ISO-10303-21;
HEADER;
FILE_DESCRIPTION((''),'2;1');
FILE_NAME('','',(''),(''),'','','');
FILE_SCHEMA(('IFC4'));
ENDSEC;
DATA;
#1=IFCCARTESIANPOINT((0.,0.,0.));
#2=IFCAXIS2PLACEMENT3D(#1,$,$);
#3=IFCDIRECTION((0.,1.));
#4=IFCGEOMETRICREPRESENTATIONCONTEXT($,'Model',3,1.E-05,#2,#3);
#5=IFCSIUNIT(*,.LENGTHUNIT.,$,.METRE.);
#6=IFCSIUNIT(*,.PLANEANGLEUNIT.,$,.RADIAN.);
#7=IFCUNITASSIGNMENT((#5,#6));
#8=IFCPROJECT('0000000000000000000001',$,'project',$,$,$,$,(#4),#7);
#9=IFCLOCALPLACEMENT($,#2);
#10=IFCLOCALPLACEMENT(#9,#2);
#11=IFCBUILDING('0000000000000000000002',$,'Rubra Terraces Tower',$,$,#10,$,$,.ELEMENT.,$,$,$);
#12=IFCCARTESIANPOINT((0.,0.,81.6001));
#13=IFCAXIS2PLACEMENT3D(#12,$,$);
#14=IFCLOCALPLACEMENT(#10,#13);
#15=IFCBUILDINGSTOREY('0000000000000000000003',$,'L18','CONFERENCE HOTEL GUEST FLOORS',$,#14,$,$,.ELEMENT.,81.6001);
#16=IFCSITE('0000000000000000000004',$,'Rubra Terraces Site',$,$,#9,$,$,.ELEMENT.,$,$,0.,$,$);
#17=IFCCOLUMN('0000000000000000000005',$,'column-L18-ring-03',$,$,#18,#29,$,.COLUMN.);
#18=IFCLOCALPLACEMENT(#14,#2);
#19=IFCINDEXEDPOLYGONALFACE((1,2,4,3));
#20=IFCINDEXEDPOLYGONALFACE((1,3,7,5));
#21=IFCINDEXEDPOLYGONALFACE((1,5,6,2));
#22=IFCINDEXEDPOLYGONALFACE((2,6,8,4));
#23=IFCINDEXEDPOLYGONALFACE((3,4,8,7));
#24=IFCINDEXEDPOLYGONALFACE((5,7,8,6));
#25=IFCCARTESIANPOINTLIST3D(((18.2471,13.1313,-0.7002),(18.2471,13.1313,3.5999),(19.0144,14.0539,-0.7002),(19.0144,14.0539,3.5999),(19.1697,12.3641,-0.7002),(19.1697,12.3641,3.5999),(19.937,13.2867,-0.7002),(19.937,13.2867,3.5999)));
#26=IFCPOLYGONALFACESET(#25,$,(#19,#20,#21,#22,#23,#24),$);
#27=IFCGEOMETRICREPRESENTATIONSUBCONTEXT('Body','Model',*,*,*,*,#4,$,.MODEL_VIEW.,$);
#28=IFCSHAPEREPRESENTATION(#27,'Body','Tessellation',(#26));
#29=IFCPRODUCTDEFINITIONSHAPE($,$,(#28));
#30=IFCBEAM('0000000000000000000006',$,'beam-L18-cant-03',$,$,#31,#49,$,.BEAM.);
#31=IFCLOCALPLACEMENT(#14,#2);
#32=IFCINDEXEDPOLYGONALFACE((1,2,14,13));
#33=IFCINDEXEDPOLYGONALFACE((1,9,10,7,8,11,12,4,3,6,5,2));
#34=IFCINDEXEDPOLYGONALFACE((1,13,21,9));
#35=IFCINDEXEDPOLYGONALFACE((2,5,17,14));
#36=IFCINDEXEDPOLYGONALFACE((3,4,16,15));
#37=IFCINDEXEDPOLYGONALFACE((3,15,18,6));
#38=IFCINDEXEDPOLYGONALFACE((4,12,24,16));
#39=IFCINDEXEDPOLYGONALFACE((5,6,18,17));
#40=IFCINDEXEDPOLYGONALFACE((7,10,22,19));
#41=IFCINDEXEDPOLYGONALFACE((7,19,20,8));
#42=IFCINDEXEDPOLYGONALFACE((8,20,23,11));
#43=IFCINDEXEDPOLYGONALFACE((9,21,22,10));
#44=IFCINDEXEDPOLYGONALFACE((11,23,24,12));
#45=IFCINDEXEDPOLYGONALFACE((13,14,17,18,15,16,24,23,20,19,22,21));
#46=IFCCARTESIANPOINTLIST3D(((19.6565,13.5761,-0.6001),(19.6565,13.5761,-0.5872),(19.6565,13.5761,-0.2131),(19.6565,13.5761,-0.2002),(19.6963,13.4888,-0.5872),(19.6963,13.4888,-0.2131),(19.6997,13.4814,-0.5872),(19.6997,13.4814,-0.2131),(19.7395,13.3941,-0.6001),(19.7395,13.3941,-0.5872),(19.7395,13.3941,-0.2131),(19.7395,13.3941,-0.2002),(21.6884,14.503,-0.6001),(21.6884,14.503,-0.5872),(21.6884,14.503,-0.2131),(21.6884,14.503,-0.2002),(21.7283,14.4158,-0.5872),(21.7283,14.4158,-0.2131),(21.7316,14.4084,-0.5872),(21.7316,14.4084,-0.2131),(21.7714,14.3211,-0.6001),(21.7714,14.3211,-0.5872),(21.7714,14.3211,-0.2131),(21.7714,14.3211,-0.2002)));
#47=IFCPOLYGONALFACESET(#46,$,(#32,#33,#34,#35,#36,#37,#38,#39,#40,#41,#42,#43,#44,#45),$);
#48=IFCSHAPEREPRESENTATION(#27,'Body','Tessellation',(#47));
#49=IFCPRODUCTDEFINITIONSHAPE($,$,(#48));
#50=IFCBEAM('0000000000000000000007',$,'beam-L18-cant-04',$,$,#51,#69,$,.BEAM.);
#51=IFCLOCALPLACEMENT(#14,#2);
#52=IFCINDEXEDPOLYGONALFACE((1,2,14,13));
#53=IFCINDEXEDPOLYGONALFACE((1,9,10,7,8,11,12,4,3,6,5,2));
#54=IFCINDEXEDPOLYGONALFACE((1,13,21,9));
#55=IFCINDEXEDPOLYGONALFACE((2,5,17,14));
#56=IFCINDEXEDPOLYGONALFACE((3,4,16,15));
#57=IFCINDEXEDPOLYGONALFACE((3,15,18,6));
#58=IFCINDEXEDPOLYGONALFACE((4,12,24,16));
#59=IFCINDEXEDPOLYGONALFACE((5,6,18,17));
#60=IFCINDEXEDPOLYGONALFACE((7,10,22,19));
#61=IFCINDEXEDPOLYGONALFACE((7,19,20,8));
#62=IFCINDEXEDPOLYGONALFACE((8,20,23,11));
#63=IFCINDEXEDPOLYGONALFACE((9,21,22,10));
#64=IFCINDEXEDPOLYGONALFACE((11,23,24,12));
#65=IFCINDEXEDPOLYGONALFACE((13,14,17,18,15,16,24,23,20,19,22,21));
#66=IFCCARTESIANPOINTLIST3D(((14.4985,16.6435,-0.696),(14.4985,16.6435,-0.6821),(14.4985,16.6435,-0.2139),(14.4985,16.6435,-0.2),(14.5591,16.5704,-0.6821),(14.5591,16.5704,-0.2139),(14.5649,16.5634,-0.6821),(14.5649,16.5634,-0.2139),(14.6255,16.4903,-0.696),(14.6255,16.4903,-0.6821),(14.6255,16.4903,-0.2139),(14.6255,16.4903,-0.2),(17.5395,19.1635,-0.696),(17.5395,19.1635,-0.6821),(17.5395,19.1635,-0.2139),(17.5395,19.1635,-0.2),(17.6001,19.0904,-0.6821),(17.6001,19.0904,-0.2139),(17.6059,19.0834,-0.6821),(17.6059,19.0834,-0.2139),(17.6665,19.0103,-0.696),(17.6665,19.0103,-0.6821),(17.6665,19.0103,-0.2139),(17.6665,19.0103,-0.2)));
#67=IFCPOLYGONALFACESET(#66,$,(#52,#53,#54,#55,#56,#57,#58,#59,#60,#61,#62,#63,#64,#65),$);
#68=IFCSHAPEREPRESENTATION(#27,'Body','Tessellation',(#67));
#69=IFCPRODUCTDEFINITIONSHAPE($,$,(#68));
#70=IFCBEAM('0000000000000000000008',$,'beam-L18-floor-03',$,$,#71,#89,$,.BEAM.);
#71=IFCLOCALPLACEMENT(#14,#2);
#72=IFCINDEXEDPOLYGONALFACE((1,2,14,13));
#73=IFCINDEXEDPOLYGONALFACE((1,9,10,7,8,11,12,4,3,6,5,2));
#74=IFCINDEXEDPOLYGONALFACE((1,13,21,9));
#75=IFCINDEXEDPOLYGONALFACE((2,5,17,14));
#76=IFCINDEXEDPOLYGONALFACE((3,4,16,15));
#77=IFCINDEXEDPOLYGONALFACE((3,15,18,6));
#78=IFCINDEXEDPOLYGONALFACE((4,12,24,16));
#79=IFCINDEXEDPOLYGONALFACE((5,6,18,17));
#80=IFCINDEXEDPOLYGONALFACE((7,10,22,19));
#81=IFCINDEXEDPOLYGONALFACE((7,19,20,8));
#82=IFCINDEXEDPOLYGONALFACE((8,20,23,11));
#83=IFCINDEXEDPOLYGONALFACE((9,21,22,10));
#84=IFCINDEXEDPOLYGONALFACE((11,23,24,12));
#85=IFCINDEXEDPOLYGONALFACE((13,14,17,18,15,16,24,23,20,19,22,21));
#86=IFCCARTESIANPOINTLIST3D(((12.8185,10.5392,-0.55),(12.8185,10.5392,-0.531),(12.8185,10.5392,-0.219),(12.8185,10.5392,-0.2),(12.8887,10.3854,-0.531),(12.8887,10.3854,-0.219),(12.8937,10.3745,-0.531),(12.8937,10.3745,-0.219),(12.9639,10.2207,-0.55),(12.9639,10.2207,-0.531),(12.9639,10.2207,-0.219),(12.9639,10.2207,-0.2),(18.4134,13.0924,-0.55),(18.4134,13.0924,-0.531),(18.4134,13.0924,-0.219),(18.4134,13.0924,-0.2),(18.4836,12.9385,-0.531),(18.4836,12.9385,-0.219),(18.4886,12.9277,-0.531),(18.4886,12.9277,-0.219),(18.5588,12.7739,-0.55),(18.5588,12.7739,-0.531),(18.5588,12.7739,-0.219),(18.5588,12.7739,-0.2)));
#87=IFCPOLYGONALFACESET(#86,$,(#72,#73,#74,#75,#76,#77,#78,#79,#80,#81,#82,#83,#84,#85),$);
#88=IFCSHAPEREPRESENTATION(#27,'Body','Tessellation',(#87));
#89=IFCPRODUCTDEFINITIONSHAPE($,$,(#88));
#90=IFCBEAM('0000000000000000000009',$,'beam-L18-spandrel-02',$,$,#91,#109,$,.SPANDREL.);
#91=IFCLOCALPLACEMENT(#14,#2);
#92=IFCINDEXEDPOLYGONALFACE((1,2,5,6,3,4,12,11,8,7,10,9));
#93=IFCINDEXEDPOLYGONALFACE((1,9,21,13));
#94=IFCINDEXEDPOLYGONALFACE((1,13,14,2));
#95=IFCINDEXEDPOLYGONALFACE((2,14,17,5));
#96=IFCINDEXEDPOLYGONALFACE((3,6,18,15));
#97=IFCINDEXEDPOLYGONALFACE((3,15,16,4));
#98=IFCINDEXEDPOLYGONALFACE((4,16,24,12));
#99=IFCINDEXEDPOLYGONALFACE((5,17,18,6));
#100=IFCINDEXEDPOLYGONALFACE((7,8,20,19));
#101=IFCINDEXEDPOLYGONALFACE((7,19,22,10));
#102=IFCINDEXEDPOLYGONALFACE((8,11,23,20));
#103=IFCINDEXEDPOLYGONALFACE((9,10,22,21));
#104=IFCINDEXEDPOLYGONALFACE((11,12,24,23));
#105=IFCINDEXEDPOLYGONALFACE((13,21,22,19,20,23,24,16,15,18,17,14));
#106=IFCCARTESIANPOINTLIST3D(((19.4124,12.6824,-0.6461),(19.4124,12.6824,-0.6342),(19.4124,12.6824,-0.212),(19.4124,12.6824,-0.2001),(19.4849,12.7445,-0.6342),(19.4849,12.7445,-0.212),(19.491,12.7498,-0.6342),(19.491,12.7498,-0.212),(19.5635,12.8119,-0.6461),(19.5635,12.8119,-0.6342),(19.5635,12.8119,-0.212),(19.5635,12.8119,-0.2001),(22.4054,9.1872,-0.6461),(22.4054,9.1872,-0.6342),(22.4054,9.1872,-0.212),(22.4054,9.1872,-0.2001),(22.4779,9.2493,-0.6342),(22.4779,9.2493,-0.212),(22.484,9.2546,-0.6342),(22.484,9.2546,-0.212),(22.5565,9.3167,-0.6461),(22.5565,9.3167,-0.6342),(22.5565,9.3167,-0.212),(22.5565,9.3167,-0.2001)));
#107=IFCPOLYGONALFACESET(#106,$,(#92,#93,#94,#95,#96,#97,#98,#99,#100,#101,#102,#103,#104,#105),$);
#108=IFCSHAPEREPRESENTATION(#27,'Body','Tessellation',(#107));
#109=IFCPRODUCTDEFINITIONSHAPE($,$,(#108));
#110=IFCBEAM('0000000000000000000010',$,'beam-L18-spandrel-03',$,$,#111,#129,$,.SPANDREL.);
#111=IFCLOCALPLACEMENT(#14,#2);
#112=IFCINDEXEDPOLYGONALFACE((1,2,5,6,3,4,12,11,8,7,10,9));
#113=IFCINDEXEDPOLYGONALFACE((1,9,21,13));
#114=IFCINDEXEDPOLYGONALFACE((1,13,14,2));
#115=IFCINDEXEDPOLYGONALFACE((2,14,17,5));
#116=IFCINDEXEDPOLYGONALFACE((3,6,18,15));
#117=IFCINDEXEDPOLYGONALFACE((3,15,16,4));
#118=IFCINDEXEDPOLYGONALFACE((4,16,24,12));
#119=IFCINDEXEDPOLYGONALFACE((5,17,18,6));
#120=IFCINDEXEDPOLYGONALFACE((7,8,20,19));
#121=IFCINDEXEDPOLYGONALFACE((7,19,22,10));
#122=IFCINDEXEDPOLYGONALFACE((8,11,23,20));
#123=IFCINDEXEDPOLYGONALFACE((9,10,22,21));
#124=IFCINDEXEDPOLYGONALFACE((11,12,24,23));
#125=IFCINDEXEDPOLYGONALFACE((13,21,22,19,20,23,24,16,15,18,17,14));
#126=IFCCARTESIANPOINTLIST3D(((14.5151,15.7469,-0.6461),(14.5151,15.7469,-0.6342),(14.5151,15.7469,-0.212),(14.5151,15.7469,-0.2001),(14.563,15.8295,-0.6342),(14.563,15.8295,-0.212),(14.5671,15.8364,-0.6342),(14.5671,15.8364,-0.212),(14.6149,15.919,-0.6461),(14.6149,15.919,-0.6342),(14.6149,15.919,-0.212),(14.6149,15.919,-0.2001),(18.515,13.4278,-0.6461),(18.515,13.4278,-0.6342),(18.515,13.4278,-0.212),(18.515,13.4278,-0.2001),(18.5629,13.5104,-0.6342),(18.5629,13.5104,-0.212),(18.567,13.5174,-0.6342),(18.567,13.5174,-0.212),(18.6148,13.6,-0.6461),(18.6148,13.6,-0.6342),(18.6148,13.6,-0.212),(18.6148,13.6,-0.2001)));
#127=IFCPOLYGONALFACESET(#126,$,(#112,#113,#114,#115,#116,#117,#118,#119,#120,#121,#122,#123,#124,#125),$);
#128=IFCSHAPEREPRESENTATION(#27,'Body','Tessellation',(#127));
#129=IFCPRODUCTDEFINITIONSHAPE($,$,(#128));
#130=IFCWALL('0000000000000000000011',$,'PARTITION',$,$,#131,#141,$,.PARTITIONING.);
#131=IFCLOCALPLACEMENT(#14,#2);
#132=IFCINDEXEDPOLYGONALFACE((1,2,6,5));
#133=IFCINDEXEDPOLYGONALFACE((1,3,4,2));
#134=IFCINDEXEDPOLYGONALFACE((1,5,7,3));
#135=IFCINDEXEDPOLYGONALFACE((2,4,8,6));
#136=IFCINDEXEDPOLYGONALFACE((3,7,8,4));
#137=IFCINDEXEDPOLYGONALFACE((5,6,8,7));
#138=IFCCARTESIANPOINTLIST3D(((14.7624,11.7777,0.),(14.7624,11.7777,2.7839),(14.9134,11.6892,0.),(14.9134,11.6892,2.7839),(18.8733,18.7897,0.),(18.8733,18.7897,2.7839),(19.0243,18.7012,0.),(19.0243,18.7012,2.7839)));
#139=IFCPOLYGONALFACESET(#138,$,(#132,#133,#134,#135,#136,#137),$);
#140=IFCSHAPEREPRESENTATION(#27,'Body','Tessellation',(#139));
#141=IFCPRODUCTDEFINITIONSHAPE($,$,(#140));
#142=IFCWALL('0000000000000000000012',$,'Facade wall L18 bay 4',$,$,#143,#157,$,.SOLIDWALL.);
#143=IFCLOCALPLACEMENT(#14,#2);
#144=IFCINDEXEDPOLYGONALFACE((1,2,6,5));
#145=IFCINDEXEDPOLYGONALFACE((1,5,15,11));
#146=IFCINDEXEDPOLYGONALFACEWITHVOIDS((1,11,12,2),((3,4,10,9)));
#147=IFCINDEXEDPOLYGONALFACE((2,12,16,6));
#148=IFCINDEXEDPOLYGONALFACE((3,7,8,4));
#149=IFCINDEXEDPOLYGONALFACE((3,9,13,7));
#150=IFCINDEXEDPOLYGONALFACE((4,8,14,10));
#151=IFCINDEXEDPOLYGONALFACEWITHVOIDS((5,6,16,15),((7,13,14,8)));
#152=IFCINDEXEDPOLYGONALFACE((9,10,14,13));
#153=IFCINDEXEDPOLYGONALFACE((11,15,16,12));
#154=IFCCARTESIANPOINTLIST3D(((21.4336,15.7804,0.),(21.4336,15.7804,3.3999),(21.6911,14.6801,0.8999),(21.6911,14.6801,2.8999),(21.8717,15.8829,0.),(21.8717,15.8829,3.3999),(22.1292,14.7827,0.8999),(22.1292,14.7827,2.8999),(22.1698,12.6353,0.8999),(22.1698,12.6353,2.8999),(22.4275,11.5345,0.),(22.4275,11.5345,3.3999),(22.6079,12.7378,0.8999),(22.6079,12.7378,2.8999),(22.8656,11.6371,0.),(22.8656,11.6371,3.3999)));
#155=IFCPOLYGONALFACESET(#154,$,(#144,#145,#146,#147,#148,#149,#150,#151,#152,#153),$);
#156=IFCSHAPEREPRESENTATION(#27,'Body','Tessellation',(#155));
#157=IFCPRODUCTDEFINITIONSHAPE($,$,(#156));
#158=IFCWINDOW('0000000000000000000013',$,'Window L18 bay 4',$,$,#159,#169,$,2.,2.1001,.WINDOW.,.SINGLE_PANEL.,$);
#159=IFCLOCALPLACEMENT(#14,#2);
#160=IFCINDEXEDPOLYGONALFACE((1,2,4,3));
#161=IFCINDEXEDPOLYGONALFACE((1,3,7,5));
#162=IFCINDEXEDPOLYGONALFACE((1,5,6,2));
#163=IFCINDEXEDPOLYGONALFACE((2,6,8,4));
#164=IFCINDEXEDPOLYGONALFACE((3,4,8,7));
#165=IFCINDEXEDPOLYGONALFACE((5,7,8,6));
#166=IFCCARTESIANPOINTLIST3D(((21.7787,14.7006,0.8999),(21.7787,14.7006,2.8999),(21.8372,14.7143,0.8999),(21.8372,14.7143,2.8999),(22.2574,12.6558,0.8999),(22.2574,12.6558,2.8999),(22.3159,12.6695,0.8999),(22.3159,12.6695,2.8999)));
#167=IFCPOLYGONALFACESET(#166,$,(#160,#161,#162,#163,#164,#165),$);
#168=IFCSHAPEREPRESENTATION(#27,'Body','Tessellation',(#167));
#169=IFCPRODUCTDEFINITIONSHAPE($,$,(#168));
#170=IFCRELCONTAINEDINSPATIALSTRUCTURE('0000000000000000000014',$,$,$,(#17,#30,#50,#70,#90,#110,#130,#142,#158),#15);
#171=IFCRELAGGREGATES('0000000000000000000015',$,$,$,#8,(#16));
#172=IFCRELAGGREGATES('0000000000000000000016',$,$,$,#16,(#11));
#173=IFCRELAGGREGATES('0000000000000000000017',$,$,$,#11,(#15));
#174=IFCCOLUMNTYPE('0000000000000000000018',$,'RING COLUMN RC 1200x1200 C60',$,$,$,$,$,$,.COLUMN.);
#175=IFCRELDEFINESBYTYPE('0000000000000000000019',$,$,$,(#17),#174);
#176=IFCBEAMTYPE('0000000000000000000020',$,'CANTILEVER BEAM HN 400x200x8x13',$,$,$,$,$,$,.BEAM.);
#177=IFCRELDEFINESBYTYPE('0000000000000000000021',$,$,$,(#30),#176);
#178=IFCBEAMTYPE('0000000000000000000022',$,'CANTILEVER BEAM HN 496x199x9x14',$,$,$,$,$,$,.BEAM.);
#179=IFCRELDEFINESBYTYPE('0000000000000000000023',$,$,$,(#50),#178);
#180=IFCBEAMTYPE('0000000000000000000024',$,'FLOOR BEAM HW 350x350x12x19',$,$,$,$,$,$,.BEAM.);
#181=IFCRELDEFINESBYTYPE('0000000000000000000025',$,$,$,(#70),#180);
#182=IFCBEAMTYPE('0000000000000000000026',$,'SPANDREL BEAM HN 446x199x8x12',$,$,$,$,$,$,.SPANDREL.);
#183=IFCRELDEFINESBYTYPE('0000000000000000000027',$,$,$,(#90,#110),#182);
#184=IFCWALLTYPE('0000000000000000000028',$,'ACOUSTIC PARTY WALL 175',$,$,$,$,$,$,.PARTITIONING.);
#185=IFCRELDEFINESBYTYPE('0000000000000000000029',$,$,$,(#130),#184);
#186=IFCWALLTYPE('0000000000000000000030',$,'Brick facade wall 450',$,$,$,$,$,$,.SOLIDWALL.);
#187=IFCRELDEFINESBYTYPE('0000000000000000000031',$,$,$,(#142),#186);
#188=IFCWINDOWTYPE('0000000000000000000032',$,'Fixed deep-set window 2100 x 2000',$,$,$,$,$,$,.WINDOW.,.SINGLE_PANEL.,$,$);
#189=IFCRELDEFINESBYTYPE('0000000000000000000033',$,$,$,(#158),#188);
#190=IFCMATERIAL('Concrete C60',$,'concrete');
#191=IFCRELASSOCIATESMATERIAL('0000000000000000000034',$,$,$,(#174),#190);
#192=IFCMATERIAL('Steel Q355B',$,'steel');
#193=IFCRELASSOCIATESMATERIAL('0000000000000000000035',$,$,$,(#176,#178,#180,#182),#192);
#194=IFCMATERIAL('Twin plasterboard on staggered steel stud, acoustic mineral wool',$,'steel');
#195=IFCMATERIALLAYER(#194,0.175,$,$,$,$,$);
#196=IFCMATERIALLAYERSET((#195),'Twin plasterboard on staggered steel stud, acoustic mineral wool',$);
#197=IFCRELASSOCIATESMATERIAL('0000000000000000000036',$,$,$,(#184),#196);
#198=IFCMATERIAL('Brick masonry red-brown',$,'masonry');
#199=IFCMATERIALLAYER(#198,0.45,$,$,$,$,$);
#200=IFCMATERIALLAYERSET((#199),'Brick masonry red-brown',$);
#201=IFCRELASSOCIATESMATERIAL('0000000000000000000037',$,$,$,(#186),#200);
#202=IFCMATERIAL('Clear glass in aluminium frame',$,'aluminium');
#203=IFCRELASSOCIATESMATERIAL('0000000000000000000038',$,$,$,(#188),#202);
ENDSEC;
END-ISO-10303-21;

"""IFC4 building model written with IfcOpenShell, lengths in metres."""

from ifc_helpers import new_model, si_unit, direction, frame, frame_2d, origin, origin_2d, place, context, subcontext, project, spatial, rectangle, i_section, extrude, material, layer, layer_set, material_profile, profile_set, type_object, element, fill, save


model = new_model("IFC4")

# Units and contexts
model_context = context("Model", 3, precision=1e-05, world=origin(), true_north=direction((0.0, 1.0)))
body_context = subcontext(model_context, "Body", "Model", "MODEL_VIEW")
ifc_project = project(units=[si_unit("LENGTHUNIT", "METRE"), si_unit("PLANEANGLEUNIT", "RADIAN")], contexts=[model_context])

# Site, building, storey
site_placement = place(None, origin())
site = spatial("IfcSite", under=ifc_project, at=site_placement, Name="Rubra Terraces Site", CompositionType="ELEMENT", RefElevation=0.0)
building_placement = place(site_placement, origin())
building = spatial("IfcBuilding", under=site, at=building_placement, Name="Rubra Terraces Tower", CompositionType="ELEMENT")
storey_placement = place(building_placement, frame((0.0, 0.0, 81.6001)))
storey = spatial("IfcBuildingStorey", under=building, at=storey_placement, Name="L18", Description="CONFERENCE HOTEL GUEST FLOORS", CompositionType="ELEMENT", Elevation=81.6001)

# Column
ifc_material_1 = material(Name="Concrete C60", Category="concrete")
ifc_material_profile_1 = material_profile(ifc_material_1, rectangle(XDim=1.2, YDim=1.2, at=origin_2d()), Name="RC 1200x1200")
ifc_profile_set_1 = profile_set([ifc_material_profile_1], Name="Concrete C60")
column_type = type_object("IfcColumnType", Name="RING COLUMN RC 1200x1200 C60", PredefinedType="COLUMN", material=ifc_profile_set_1)
column_placement = place(storey_placement, frame((19.092, 13.209, -0.7002), z_axis=(0.0, 0.0, 1.0), x_axis=(-0.76887, 0.639405, 0.0)))
element("IfcColumn", 1, at=column_placement, inside=storey, type_object=column_type, Name="column-L18-ring-03", PredefinedType="COLUMN", context=body_context, shape_type="SweptSolid", body=[
    extrude(rectangle(XDim=1.2, YDim=1.2, at=origin_2d()), origin(), (0.0, 0.0, 1.0), 4.3),
])

# Beams
ifc_material_2 = material(Name="Steel Q355B", Category="steel")
ifc_material_profile_2 = material_profile(ifc_material_2, i_section(OverallWidth=0.2, OverallDepth=0.3999, WebThickness=0.0081, FlangeThickness=0.0129, at=origin_2d()), Name="HN 400x200x8x13")
ifc_profile_set_2 = profile_set([ifc_material_profile_2], Name="Steel Q355B")
beam_type_1 = type_object("IfcBeamType", Name="CANTILEVER BEAM HN 400x200x8x13", PredefinedType="BEAM", material=ifc_profile_set_2)
beam_1_placement = place(storey_placement, frame((19.698, 13.4851, -0.4001), z_axis=(0.909797, 0.415054, 0.0), x_axis=(-0.415054, 0.909797, 0.0)))
element("IfcBeam", 2, at=beam_1_placement, inside=storey, type_object=beam_type_1, Name="beam-L18-cant-03", PredefinedType="BEAM", context=body_context, shape_type="SweptSolid", body=[
    extrude(i_section(OverallWidth=0.2, OverallDepth=0.3999, WebThickness=0.0081, FlangeThickness=0.0129, at=origin_2d()), origin(), (0.0, 0.0, 1.0), 2.2334),
])
ifc_material_profile_3 = material_profile(ifc_material_2, i_section(OverallWidth=0.199, OverallDepth=0.4961, WebThickness=0.009, FlangeThickness=0.0139, at=origin_2d()), Name="HN 496x199x9x14")
ifc_profile_set_3 = profile_set([ifc_material_profile_3], Name="Steel Q355B")
beam_type_2 = type_object("IfcBeamType", Name="CANTILEVER BEAM HN 496x199x9x14", PredefinedType="BEAM", material=ifc_profile_set_3)
beam_2_placement = place(storey_placement, frame((14.562, 16.5669, -0.448), z_axis=(0.769982, 0.638066, 0.0), x_axis=(-0.638066, 0.769982, 0.0)))
element("IfcBeam", 3, at=beam_2_placement, inside=storey, type_object=beam_type_2, Name="beam-L18-cant-04", PredefinedType="BEAM", context=body_context, shape_type="SweptSolid", body=[
    extrude(i_section(OverallWidth=0.199, OverallDepth=0.4961, WebThickness=0.009, FlangeThickness=0.0139, at=origin_2d()), origin(), (0.0, 0.0, 1.0), 3.9495),
])
ifc_material_profile_4 = material_profile(ifc_material_2, i_section(OverallWidth=0.3501, OverallDepth=0.3501, WebThickness=0.012, FlangeThickness=0.019, at=origin_2d()), Name="HW 350x350x12x19")
ifc_profile_set_4 = profile_set([ifc_material_profile_4], Name="Steel Q355B")
beam_type_3 = type_object("IfcBeamType", Name="FLOOR BEAM HW 350x350x12x19", PredefinedType="BEAM", material=ifc_profile_set_4)
beam_3_placement = place(storey_placement, frame((18.4861, 12.9331, -0.375), z_axis=(-0.90975, -0.415157, 0.0), x_axis=(0.415157, -0.90975, 0.0)))
element("IfcBeam", 4, at=beam_3_placement, inside=storey, type_object=beam_type_3, Name="beam-L18-floor-03", PredefinedType="BEAM", context=body_context, shape_type="SweptSolid", body=[
    extrude(i_section(OverallWidth=0.3501, OverallDepth=0.3501, WebThickness=0.012, FlangeThickness=0.019, at=origin_2d()), origin(), (0.0, 0.0, 1.0), 6.1499),
])
ifc_material_profile_5 = material_profile(ifc_material_2, i_section(OverallWidth=0.199, OverallDepth=0.446, WebThickness=0.0081, FlangeThickness=0.012, at=origin_2d()), Name="HN 446x199x8x12")
ifc_profile_set_5 = profile_set([ifc_material_profile_5], Name="Steel Q355B")
beam_type_4 = type_object("IfcBeamType", Name="SPANDREL BEAM HN 446x199x8x12", PredefinedType="SPANDREL", material=ifc_profile_set_5)
beam_4_placement = place(storey_placement, frame((22.481, 9.252, -0.4231), z_axis=(-0.650429, 0.759567, 0.0), x_axis=(-0.759567, -0.650429, 0.0)))
element("IfcBeam", 5, at=beam_4_placement, inside=storey, type_object=beam_type_4, Name="beam-L18-spandrel-02", PredefinedType="SPANDREL", context=body_context, shape_type="SweptSolid", body=[
    extrude(i_section(OverallWidth=0.199, OverallDepth=0.446, WebThickness=0.0081, FlangeThickness=0.012, at=origin_2d()), origin(), (0.0, 0.0, 1.0), 4.6016),
])
beam_5_placement = place(storey_placement, frame((18.5649, 13.5139, -0.4231), z_axis=(-0.865116, 0.501571, 0.0), x_axis=(-0.501571, -0.865116, 0.0)))
element("IfcBeam", 6, at=beam_5_placement, inside=storey, type_object=beam_type_4, Name="beam-L18-spandrel-03", PredefinedType="SPANDREL", context=body_context, shape_type="SweptSolid", body=[
    extrude(i_section(OverallWidth=0.199, OverallDepth=0.446, WebThickness=0.0081, FlangeThickness=0.012, at=origin_2d()), origin(), (0.0, 0.0, 1.0), 4.6235),
])

# Wall
ifc_material_3 = material(Name="Twin plasterboard on staggered steel stud, acoustic mineral wool", Category="steel")
ifc_layer_1 = layer(ifc_material_3, 0.175)
ifc_layer_set_1 = layer_set([ifc_layer_1], Name="Twin plasterboard on staggered steel stud, acoustic mineral wool")
wall_type_1 = type_object("IfcWallType", Name="ACOUSTIC PARTY WALL 175", PredefinedType="PARTITIONING", material=ifc_layer_set_1)
wall_1_placement = place(storey_placement, frame((18.9487, 18.7454, 0.0), z_axis=(0.0, 0.0, 1.0), x_axis=(-0.505754, -0.862678, 0.0)))
element("IfcWall", 7, at=wall_1_placement, inside=storey, type_object=wall_type_1, Name="PARTITION", PredefinedType="PARTITIONING", context=body_context, shape_type="SweptSolid", body=[
    extrude(rectangle(XDim=8.1282, YDim=0.175, at=frame_2d((4.064, 0.0))), origin(), (0.0, 0.0, 1.0), 2.7839),
])

# Wall, opening, window
ifc_material_4 = material(Name="Brick masonry red-brown", Category="masonry")
ifc_layer_2 = layer(ifc_material_4, 0.45)
ifc_layer_set_2 = layer_set([ifc_layer_2], Name="Brick masonry red-brown")
wall_type_2 = type_object("IfcWallType", Name="Brick facade wall 450", PredefinedType="SOLIDWALL", material=ifc_layer_set_2)
wall_2_placement = place(storey_placement, frame((22.6465, 11.5859, 0.0), z_axis=(0.0, 0.0, 1.0), x_axis=(-0.227925, 0.973679, 0.0)))
wall_2 = element("IfcWall", 8, at=wall_2_placement, inside=storey, type_object=wall_type_2, Name="Facade wall L18 bay 4", PredefinedType="SOLIDWALL", context=body_context, shape_type="SweptSolid", body=[
    extrude(rectangle(XDim=4.3606, YDim=0.45, at=frame_2d((2.1802, 0.0))), origin(), (0.0, 0.0, 1.0), 3.3999),
])
opening_1_placement = place(wall_2_placement, frame((1.1304, 0.0, 0.8999)))
opening_1 = element("IfcOpeningElement", 9, at=opening_1_placement, cuts=wall_2, PredefinedType="OPENING", context=body_context, shape_type="SweptSolid", body=[
    extrude(rectangle(XDim=2.1001, YDim=2.0, at=frame_2d((1.05, 1.0))), frame((0.0, 0.2349, 0.0), z_axis=(0.0, -1.0, 0.0), x_axis=(1.0, 0.0, 0.0)), (0.0, 0.0, 1.0), 0.47),
])
ifc_material_5 = material(Name="Clear glass in aluminium frame", Category="aluminium")
window_type = type_object("IfcWindowType", Name="Fixed deep-set window 2100 x 2000", PartitioningType="SINGLE_PANEL", PredefinedType="WINDOW", material=ifc_material_5)
window_1_placement = place(opening_1_placement, origin())
window_1 = element("IfcWindow", 10, at=window_1_placement, inside=storey, type_object=window_type, Name="Window L18 bay 4", OverallHeight=2.0, OverallWidth=2.1001, PartitioningType="SINGLE_PANEL", PredefinedType="WINDOW", context=body_context, shape_type="SweptSolid", body=[
    extrude(rectangle(XDim=2.1001, YDim=2.0, at=frame_2d((1.05, 1.0))), frame((0.0, 0.135, 0.0), z_axis=(0.0, -1.0, 0.0), x_axis=(1.0, 0.0, 0.0)), (0.0, 0.0, 1.0), 0.0601),
])
fill(opening_1, window_1)

save(model, "model.ifc")
